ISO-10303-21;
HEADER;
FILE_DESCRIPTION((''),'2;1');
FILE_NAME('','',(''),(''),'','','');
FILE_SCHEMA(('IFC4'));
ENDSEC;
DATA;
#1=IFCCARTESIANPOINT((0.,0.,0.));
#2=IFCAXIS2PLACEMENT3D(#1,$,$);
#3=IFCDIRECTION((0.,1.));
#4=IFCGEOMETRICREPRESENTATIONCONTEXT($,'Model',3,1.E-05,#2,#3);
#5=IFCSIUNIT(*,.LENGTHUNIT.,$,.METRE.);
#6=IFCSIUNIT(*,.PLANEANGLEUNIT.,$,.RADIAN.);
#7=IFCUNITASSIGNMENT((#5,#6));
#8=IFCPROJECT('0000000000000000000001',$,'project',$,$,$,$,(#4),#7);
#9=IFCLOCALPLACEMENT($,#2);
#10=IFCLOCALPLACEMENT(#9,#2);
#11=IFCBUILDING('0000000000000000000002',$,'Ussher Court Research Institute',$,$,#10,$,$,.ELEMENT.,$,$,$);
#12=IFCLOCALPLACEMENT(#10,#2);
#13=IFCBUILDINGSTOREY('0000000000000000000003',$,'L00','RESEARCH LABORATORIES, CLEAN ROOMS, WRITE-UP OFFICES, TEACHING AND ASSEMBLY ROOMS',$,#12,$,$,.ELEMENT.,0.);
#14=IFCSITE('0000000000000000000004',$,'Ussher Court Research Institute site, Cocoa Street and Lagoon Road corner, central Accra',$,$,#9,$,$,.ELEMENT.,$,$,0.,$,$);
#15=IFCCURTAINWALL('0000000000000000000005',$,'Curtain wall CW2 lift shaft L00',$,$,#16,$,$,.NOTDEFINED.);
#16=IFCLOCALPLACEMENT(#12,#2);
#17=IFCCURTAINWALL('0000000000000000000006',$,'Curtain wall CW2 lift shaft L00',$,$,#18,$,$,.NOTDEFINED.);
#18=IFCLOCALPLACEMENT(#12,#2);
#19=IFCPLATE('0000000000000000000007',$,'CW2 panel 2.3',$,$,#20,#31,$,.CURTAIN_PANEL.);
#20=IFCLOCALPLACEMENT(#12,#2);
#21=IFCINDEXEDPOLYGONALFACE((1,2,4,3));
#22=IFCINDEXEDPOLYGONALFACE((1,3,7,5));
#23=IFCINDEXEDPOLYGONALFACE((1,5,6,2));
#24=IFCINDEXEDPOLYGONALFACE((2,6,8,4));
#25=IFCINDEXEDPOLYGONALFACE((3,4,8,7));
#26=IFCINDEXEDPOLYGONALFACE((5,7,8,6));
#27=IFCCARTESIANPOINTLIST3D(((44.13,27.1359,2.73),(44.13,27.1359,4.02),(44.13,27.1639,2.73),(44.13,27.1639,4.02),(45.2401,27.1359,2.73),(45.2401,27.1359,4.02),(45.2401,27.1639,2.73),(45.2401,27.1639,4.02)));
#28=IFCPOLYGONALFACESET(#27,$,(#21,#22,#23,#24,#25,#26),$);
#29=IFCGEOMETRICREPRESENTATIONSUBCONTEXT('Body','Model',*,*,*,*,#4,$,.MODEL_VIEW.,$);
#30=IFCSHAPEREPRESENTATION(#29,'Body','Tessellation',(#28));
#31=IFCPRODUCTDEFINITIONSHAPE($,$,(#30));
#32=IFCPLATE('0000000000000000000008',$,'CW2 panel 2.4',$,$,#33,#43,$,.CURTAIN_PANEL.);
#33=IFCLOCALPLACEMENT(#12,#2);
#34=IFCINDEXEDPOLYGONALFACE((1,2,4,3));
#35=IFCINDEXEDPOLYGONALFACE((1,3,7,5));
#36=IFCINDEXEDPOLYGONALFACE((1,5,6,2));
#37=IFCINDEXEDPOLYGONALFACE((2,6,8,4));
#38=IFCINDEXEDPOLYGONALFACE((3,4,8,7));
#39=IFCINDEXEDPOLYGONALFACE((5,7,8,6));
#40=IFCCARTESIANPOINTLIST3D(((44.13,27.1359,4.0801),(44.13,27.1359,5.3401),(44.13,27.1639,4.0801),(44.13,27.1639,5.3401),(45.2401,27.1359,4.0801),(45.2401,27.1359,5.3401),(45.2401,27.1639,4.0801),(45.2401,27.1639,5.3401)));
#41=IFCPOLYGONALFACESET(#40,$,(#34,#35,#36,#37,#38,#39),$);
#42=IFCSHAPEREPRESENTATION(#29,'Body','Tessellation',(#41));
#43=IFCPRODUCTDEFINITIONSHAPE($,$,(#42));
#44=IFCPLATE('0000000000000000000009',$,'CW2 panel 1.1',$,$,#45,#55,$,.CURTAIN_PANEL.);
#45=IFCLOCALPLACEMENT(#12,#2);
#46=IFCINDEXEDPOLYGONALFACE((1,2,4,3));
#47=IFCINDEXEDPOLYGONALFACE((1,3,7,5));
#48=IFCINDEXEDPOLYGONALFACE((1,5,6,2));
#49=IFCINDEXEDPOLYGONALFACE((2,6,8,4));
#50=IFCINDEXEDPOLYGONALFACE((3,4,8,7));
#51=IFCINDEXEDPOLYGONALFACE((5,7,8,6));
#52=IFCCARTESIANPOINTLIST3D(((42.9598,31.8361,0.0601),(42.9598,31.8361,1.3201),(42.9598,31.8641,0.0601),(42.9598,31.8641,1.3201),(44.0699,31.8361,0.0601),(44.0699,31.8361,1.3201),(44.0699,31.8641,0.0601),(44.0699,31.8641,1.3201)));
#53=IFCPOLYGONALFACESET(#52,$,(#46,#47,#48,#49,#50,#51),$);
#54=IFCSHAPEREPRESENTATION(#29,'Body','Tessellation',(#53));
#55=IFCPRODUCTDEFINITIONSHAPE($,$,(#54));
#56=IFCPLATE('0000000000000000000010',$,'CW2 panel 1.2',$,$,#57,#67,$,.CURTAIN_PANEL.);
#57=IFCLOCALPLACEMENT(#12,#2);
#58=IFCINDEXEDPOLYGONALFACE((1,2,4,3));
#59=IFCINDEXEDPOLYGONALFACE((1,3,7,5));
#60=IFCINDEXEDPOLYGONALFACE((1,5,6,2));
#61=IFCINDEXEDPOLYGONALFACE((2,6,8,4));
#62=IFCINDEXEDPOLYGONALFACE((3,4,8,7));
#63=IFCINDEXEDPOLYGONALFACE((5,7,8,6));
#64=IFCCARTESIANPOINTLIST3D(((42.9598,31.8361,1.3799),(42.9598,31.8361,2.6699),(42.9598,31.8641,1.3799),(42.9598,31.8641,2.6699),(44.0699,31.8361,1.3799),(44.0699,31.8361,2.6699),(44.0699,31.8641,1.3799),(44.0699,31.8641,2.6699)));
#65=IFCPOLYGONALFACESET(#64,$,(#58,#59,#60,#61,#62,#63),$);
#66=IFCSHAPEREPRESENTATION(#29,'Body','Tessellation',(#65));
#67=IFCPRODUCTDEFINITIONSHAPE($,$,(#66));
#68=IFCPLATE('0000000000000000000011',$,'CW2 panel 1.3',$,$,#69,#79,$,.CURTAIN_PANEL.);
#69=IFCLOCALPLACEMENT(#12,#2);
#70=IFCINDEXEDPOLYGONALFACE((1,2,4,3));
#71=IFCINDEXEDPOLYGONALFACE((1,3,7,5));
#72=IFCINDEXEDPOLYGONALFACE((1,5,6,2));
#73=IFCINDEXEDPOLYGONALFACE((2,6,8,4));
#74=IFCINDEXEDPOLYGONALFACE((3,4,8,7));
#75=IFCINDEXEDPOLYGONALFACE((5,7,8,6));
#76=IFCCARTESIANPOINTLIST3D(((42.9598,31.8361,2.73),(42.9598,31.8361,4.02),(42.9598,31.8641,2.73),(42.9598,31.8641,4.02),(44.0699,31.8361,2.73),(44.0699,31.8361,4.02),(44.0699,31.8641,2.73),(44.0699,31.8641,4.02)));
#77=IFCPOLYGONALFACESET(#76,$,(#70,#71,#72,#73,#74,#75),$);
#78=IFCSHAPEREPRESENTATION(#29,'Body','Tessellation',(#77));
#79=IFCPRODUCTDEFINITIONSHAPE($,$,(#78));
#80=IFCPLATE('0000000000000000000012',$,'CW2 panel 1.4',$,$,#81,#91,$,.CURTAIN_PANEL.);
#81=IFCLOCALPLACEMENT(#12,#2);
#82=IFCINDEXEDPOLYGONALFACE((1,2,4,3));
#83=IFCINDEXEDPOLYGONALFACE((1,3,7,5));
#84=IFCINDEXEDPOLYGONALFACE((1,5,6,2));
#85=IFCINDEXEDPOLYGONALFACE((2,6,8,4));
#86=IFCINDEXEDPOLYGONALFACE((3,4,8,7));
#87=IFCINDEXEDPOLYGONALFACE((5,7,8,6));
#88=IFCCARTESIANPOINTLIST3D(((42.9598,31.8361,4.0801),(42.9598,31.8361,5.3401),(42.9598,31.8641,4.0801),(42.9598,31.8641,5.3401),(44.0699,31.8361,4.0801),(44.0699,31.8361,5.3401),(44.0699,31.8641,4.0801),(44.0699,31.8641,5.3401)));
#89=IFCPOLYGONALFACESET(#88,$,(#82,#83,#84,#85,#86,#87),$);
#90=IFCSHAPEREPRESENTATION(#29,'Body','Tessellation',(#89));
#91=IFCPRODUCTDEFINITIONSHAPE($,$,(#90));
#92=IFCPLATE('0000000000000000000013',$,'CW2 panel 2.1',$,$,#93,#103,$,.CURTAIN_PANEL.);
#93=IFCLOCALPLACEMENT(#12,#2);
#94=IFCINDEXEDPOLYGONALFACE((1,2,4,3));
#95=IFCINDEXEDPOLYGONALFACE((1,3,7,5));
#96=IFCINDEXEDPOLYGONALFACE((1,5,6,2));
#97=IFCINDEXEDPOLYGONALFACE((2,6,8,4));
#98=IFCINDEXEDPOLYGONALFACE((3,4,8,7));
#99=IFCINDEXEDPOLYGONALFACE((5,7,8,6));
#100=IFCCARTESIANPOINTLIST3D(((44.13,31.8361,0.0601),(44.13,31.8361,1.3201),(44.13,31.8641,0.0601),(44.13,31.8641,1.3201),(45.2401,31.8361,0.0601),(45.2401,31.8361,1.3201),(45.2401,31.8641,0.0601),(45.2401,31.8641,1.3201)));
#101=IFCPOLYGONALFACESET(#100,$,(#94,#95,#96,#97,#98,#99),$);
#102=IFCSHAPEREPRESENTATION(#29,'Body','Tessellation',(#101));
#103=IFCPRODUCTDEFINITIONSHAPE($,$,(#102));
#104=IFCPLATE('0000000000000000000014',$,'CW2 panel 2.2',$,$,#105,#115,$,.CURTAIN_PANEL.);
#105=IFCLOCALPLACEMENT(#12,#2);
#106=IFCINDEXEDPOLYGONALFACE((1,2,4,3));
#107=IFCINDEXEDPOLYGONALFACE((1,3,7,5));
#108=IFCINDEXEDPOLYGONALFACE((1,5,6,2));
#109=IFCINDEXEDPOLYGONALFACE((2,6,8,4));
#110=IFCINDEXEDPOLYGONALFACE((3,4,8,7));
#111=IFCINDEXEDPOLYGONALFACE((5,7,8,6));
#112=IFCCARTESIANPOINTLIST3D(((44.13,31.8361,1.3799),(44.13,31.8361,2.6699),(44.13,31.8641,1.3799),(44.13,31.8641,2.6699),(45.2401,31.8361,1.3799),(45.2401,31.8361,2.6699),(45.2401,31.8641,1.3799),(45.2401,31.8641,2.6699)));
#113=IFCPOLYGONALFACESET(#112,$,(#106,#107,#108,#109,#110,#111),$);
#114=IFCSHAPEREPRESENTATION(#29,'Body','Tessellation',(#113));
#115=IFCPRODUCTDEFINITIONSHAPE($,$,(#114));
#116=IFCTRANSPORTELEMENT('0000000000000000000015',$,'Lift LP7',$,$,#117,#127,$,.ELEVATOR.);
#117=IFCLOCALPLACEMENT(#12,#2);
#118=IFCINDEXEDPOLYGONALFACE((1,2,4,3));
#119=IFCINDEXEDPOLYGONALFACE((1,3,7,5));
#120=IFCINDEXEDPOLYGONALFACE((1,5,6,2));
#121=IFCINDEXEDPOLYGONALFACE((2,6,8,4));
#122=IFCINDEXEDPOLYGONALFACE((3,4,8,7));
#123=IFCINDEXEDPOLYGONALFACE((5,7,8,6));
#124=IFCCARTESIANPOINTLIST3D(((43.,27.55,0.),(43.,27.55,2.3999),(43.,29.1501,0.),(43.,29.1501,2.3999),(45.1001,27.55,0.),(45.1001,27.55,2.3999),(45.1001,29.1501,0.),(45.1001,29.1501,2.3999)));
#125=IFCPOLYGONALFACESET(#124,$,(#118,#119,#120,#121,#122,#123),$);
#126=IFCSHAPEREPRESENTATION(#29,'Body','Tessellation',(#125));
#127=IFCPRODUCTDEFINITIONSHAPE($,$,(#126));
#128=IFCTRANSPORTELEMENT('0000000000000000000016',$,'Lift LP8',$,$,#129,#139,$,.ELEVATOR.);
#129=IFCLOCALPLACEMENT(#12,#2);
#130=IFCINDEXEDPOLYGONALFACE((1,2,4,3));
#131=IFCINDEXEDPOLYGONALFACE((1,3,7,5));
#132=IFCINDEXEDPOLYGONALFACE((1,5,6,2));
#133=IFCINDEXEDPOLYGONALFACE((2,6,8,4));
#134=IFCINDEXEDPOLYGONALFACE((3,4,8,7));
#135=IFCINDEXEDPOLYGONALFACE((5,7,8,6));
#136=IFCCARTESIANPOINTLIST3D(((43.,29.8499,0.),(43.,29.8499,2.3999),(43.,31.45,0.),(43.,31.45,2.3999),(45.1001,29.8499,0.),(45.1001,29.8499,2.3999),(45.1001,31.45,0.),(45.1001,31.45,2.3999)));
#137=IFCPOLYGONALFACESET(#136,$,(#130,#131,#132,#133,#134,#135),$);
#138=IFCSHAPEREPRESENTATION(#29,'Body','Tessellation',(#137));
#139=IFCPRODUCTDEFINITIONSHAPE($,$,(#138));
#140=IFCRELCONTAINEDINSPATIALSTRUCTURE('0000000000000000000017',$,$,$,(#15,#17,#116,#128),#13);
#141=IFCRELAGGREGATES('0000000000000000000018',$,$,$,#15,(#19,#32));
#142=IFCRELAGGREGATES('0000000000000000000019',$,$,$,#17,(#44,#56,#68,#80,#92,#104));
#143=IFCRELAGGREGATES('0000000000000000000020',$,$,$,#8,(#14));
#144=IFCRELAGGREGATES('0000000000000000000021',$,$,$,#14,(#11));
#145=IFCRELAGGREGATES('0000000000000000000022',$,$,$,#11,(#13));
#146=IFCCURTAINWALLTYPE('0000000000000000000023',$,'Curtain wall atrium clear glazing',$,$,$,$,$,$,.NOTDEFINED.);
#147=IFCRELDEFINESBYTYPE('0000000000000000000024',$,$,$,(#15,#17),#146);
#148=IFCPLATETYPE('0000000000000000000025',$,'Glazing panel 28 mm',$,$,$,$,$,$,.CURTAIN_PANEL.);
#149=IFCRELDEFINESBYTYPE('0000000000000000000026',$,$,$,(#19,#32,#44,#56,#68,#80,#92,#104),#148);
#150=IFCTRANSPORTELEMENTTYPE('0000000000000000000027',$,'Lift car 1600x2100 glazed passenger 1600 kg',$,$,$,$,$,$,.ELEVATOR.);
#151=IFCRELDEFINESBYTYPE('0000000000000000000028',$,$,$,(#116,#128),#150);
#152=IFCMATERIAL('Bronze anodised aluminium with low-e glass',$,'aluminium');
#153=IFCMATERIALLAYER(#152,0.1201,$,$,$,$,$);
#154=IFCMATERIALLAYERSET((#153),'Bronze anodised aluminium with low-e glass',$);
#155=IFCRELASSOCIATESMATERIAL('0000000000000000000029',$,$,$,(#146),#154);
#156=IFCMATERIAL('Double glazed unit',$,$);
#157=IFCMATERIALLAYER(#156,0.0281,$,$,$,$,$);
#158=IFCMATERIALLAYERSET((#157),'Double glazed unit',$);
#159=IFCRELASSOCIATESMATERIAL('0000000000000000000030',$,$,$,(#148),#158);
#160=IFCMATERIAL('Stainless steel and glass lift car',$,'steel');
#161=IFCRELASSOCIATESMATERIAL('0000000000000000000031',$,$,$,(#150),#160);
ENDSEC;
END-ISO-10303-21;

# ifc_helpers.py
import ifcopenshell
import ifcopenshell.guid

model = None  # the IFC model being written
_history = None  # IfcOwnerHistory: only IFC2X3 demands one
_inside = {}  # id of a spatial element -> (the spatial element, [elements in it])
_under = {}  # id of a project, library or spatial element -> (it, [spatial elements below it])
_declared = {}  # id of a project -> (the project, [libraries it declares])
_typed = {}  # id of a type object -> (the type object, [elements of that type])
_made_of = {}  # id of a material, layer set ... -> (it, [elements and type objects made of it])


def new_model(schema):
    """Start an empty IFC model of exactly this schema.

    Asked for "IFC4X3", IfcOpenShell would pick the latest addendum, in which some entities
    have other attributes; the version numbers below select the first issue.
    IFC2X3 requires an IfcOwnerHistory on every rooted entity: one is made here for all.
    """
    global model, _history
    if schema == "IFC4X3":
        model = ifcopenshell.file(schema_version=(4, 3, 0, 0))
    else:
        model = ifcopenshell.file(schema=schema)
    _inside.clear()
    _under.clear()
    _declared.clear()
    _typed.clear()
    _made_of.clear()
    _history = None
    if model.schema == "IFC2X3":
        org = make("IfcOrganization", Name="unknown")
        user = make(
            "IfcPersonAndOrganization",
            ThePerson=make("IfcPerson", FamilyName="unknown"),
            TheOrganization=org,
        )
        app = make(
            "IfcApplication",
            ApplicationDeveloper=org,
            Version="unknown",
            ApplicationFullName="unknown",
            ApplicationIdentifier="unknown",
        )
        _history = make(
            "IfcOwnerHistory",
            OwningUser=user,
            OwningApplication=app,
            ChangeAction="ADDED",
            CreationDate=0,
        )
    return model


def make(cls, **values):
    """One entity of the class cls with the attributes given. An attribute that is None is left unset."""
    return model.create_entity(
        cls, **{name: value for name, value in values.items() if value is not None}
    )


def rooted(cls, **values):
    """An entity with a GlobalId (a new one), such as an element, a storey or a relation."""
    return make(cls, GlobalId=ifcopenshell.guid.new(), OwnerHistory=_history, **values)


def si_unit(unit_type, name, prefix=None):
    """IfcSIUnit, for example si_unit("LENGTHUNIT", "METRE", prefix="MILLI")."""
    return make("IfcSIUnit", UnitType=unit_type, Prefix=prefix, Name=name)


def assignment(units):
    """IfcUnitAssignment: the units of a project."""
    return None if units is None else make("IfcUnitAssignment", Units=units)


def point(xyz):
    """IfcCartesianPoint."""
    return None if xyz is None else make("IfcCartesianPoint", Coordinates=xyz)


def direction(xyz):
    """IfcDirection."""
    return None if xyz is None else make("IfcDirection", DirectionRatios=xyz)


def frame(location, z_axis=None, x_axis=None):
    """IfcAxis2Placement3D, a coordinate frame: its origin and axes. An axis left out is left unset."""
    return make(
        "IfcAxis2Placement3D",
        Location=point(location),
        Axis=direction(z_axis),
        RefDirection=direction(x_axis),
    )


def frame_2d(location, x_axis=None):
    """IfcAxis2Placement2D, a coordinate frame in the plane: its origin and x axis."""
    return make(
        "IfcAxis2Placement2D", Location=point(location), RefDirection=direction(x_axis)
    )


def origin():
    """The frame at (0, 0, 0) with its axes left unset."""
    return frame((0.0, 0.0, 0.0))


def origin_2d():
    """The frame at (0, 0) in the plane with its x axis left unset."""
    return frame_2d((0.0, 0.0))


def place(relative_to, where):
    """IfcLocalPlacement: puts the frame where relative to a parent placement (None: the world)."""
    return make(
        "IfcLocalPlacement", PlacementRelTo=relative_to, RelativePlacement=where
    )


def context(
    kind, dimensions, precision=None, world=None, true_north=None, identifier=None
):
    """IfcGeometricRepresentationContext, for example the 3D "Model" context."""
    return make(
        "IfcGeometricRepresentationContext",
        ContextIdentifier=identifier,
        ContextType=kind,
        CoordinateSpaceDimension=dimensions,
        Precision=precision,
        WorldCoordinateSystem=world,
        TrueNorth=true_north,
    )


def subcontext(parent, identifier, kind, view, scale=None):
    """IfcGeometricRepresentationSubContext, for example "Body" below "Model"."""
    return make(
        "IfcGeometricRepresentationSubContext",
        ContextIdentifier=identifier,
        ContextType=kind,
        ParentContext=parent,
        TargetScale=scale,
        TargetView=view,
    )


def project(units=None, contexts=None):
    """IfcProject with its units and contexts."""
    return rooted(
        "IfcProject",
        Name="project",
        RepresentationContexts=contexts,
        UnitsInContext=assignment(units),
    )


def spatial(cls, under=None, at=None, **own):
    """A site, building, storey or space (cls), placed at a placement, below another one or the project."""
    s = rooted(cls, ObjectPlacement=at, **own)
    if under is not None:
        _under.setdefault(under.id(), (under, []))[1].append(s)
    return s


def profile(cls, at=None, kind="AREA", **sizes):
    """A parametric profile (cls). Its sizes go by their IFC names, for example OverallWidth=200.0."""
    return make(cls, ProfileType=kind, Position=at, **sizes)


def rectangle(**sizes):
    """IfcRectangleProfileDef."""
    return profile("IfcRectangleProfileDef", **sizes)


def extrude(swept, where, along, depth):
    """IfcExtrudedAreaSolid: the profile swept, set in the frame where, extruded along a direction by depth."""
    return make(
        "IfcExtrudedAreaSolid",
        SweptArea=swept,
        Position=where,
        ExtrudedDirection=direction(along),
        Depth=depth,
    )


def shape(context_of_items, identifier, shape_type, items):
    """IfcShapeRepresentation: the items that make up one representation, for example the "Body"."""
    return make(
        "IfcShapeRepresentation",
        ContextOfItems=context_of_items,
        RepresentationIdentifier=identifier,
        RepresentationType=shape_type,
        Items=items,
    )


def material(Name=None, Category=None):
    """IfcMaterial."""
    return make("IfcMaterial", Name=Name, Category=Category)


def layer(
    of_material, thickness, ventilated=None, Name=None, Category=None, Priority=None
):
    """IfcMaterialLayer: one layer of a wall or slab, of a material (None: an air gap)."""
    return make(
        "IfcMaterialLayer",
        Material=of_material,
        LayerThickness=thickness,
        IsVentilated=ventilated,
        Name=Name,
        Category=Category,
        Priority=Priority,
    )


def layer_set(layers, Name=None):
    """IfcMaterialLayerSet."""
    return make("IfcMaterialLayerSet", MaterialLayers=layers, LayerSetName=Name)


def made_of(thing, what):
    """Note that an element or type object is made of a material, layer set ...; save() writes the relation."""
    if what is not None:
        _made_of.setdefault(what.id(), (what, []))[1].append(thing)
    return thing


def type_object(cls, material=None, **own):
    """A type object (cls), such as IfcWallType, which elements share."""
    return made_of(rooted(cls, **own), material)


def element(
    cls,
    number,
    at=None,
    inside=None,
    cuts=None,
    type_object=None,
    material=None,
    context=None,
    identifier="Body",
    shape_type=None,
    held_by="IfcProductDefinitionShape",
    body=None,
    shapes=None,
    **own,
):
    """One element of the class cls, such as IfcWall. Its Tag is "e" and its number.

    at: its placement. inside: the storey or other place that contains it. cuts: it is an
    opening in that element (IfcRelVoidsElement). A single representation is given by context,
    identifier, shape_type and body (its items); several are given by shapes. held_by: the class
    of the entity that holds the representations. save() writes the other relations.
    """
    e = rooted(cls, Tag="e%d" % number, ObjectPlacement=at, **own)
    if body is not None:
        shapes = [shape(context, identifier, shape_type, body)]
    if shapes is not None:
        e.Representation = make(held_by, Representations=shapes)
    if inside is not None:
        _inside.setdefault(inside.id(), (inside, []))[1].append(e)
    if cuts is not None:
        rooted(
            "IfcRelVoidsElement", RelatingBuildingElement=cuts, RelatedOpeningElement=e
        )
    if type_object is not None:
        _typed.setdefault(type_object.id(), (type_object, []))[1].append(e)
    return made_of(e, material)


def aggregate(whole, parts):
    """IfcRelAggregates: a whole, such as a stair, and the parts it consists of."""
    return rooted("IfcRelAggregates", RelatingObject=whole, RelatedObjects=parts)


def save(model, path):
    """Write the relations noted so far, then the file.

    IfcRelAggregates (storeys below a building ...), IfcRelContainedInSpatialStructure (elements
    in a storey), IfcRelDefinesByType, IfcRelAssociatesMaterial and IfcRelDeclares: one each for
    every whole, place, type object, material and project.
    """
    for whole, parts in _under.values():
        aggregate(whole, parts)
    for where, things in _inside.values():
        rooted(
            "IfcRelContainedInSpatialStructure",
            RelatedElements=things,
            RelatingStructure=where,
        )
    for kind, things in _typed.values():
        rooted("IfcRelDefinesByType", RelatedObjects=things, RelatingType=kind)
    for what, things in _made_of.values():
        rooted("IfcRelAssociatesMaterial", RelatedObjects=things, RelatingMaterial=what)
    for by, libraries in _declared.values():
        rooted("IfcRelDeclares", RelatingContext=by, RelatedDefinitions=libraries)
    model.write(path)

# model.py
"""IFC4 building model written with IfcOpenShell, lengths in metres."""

from ifc_helpers import new_model, si_unit, direction, frame, origin, origin_2d, place, context, subcontext, project, spatial, rectangle, extrude, material, layer, layer_set, type_object, element, aggregate, save


model = new_model("IFC4")

# Units and contexts
model_context = context("Model", 3, precision=1e-05, world=origin(), true_north=direction((0.0, 1.0)))
body_context = subcontext(model_context, "Body", "Model", "MODEL_VIEW")
ifc_project = project(units=[si_unit("LENGTHUNIT", "METRE"), si_unit("PLANEANGLEUNIT", "RADIAN")], contexts=[model_context])

# Site, building, storey
site_placement = place(None, origin())
site = spatial("IfcSite", under=ifc_project, at=site_placement, Name="Ussher Court Research Institute site, Cocoa Street and Lagoon Road corner, central Accra", CompositionType="ELEMENT", RefElevation=0.0)
building_placement = place(site_placement, origin())
building = spatial("IfcBuilding", under=site, at=building_placement, Name="Ussher Court Research Institute", CompositionType="ELEMENT")
storey_placement = place(building_placement, origin())
storey = spatial("IfcBuildingStorey", under=building, at=storey_placement, Name="L00", Description="RESEARCH LABORATORIES, CLEAN ROOMS, WRITE-UP OFFICES, TEACHING AND ASSEMBLY ROOMS", CompositionType="ELEMENT", Elevation=0.0)

# Curtain walls
ifc_material_1 = material(Name="Bronze anodised aluminium with low-e glass", Category="aluminium")
ifc_layer_1 = layer(ifc_material_1, 0.1201)
ifc_layer_set_1 = layer_set([ifc_layer_1], Name="Bronze anodised aluminium with low-e glass")
curtain_wall_type = type_object("IfcCurtainWallType", Name="Curtain wall atrium clear glazing", PredefinedType="NOTDEFINED", material=ifc_layer_set_1)
curtain_wall_1_placement = place(storey_placement, origin())
curtain_wall_1 = element("IfcCurtainWall", 1, at=curtain_wall_1_placement, inside=storey, type_object=curtain_wall_type, Name="Curtain wall CW2 lift shaft L00", PredefinedType="NOTDEFINED")
curtain_wall_2_placement = place(storey_placement, origin())
curtain_wall_2 = element("IfcCurtainWall", 2, at=curtain_wall_2_placement, inside=storey, type_object=curtain_wall_type, Name="Curtain wall CW2 lift shaft L00", PredefinedType="NOTDEFINED")

# Plates
ifc_material_2 = material(Name="Double glazed unit")
ifc_layer_2 = layer(ifc_material_2, 0.0281)
ifc_layer_set_2 = layer_set([ifc_layer_2], Name="Double glazed unit")
plate_type = type_object("IfcPlateType", Name="Glazing panel 28 mm", PredefinedType="CURTAIN_PANEL", material=ifc_layer_set_2)
plate_1_placement = place(storey_placement, frame((44.6851, 27.1499, 2.73), z_axis=(0.0, 0.0, 1.0), x_axis=(1.0, 0.0, 0.0)))
plate_1 = element("IfcPlate", 3, at=plate_1_placement, type_object=plate_type, Name="CW2 panel 2.3", PredefinedType="CURTAIN_PANEL", context=body_context, shape_type="SweptSolid", body=[
    extrude(rectangle(XDim=1.1101, YDim=0.0281, at=origin_2d()), origin(), (0.0, 0.0, 1.0), 1.29),
])
plate_2_placement = place(storey_placement, frame((44.6851, 27.1499, 4.0801), z_axis=(0.0, 0.0, 1.0), x_axis=(1.0, 0.0, 0.0)))
plate_2 = element("IfcPlate", 4, at=plate_2_placement, type_object=plate_type, Name="CW2 panel 2.4", PredefinedType="CURTAIN_PANEL", context=body_context, shape_type="SweptSolid", body=[
    extrude(rectangle(XDim=1.1101, YDim=0.0281, at=origin_2d()), origin(), (0.0, 0.0, 1.0), 1.26),
])
aggregate(curtain_wall_1, [plate_1, plate_2])
plate_3_placement = place(storey_placement, frame((43.5149, 31.8501, 0.0601), z_axis=(0.0, 0.0, 1.0), x_axis=(1.0, 0.0, 0.0)))
plate_3 = element("IfcPlate", 5, at=plate_3_placement, type_object=plate_type, Name="CW2 panel 1.1", PredefinedType="CURTAIN_PANEL", context=body_context, shape_type="SweptSolid", body=[
    extrude(rectangle(XDim=1.1101, YDim=0.0281, at=origin_2d()), origin(), (0.0, 0.0, 1.0), 1.26),
])
plate_4_placement = place(storey_placement, frame((43.5149, 31.8501, 1.3799), z_axis=(0.0, 0.0, 1.0), x_axis=(1.0, 0.0, 0.0)))
plate_4 = element("IfcPlate", 6, at=plate_4_placement, type_object=plate_type, Name="CW2 panel 1.2", PredefinedType="CURTAIN_PANEL", context=body_context, shape_type="SweptSolid", body=[
    extrude(rectangle(XDim=1.1101, YDim=0.0281, at=origin_2d()), origin(), (0.0, 0.0, 1.0), 1.29),
])
plate_5_placement = place(storey_placement, frame((43.5149, 31.8501, 2.73), z_axis=(0.0, 0.0, 1.0), x_axis=(1.0, 0.0, 0.0)))
plate_5 = element("IfcPlate", 7, at=plate_5_placement, type_object=plate_type, Name="CW2 panel 1.3", PredefinedType="CURTAIN_PANEL", context=body_context, shape_type="SweptSolid", body=[
    extrude(rectangle(XDim=1.1101, YDim=0.0281, at=origin_2d()), origin(), (0.0, 0.0, 1.0), 1.29),
])
plate_6_placement = place(storey_placement, frame((43.5149, 31.8501, 4.0801), z_axis=(0.0, 0.0, 1.0), x_axis=(1.0, 0.0, 0.0)))
plate_6 = element("IfcPlate", 8, at=plate_6_placement, type_object=plate_type, Name="CW2 panel 1.4", PredefinedType="CURTAIN_PANEL", context=body_context, shape_type="SweptSolid", body=[
    extrude(rectangle(XDim=1.1101, YDim=0.0281, at=origin_2d()), origin(), (0.0, 0.0, 1.0), 1.26),
])
plate_7_placement = place(storey_placement, frame((44.6851, 31.8501, 0.0601), z_axis=(0.0, 0.0, 1.0), x_axis=(1.0, 0.0, 0.0)))
plate_7 = element("IfcPlate", 9, at=plate_7_placement, type_object=plate_type, Name="CW2 panel 2.1", PredefinedType="CURTAIN_PANEL", context=body_context, shape_type="SweptSolid", body=[
    extrude(rectangle(XDim=1.1101, YDim=0.0281, at=origin_2d()), origin(), (0.0, 0.0, 1.0), 1.26),
])
plate_8_placement = place(storey_placement, frame((44.6851, 31.8501, 1.3799), z_axis=(0.0, 0.0, 1.0), x_axis=(1.0, 0.0, 0.0)))
plate_8 = element("IfcPlate", 10, at=plate_8_placement, type_object=plate_type, Name="CW2 panel 2.2", PredefinedType="CURTAIN_PANEL", context=body_context, shape_type="SweptSolid", body=[
    extrude(rectangle(XDim=1.1101, YDim=0.0281, at=origin_2d()), origin(), (0.0, 0.0, 1.0), 1.29),
])
aggregate(curtain_wall_2, [plate_3, plate_4, plate_5, plate_6, plate_7, plate_8])

# Transport elements
ifc_material_3 = material(Name="Stainless steel and glass lift car", Category="steel")
transport_element_type = type_object("IfcTransportElementType", Name="Lift car 1600x2100 glazed passenger 1600 kg", PredefinedType="ELEVATOR", material=ifc_material_3)
for number, where, z_axis, x_axis, name in (
    (11, (44.05, 28.3501, 0.0), (0.0, 0.0, 1.0), (1.0, 0.0, 0.0), "Lift LP7"),
    (12, (44.05, 30.6499, 0.0), (0.0, 0.0, 1.0), (1.0, 0.0, 0.0), "Lift LP8"),
):
    element("IfcTransportElement", number, at=place(storey_placement, frame(where, z_axis=z_axis, x_axis=x_axis)), inside=storey, type_object=transport_element_type, Name=name, PredefinedType="ELEVATOR", context=body_context, shape_type="SweptSolid", body=[
        extrude(rectangle(XDim=2.1001, YDim=1.6001, at=origin_2d()), origin(), (0.0, 0.0, 1.0), 2.3999),
    ])

save(model, "model.ifc")
